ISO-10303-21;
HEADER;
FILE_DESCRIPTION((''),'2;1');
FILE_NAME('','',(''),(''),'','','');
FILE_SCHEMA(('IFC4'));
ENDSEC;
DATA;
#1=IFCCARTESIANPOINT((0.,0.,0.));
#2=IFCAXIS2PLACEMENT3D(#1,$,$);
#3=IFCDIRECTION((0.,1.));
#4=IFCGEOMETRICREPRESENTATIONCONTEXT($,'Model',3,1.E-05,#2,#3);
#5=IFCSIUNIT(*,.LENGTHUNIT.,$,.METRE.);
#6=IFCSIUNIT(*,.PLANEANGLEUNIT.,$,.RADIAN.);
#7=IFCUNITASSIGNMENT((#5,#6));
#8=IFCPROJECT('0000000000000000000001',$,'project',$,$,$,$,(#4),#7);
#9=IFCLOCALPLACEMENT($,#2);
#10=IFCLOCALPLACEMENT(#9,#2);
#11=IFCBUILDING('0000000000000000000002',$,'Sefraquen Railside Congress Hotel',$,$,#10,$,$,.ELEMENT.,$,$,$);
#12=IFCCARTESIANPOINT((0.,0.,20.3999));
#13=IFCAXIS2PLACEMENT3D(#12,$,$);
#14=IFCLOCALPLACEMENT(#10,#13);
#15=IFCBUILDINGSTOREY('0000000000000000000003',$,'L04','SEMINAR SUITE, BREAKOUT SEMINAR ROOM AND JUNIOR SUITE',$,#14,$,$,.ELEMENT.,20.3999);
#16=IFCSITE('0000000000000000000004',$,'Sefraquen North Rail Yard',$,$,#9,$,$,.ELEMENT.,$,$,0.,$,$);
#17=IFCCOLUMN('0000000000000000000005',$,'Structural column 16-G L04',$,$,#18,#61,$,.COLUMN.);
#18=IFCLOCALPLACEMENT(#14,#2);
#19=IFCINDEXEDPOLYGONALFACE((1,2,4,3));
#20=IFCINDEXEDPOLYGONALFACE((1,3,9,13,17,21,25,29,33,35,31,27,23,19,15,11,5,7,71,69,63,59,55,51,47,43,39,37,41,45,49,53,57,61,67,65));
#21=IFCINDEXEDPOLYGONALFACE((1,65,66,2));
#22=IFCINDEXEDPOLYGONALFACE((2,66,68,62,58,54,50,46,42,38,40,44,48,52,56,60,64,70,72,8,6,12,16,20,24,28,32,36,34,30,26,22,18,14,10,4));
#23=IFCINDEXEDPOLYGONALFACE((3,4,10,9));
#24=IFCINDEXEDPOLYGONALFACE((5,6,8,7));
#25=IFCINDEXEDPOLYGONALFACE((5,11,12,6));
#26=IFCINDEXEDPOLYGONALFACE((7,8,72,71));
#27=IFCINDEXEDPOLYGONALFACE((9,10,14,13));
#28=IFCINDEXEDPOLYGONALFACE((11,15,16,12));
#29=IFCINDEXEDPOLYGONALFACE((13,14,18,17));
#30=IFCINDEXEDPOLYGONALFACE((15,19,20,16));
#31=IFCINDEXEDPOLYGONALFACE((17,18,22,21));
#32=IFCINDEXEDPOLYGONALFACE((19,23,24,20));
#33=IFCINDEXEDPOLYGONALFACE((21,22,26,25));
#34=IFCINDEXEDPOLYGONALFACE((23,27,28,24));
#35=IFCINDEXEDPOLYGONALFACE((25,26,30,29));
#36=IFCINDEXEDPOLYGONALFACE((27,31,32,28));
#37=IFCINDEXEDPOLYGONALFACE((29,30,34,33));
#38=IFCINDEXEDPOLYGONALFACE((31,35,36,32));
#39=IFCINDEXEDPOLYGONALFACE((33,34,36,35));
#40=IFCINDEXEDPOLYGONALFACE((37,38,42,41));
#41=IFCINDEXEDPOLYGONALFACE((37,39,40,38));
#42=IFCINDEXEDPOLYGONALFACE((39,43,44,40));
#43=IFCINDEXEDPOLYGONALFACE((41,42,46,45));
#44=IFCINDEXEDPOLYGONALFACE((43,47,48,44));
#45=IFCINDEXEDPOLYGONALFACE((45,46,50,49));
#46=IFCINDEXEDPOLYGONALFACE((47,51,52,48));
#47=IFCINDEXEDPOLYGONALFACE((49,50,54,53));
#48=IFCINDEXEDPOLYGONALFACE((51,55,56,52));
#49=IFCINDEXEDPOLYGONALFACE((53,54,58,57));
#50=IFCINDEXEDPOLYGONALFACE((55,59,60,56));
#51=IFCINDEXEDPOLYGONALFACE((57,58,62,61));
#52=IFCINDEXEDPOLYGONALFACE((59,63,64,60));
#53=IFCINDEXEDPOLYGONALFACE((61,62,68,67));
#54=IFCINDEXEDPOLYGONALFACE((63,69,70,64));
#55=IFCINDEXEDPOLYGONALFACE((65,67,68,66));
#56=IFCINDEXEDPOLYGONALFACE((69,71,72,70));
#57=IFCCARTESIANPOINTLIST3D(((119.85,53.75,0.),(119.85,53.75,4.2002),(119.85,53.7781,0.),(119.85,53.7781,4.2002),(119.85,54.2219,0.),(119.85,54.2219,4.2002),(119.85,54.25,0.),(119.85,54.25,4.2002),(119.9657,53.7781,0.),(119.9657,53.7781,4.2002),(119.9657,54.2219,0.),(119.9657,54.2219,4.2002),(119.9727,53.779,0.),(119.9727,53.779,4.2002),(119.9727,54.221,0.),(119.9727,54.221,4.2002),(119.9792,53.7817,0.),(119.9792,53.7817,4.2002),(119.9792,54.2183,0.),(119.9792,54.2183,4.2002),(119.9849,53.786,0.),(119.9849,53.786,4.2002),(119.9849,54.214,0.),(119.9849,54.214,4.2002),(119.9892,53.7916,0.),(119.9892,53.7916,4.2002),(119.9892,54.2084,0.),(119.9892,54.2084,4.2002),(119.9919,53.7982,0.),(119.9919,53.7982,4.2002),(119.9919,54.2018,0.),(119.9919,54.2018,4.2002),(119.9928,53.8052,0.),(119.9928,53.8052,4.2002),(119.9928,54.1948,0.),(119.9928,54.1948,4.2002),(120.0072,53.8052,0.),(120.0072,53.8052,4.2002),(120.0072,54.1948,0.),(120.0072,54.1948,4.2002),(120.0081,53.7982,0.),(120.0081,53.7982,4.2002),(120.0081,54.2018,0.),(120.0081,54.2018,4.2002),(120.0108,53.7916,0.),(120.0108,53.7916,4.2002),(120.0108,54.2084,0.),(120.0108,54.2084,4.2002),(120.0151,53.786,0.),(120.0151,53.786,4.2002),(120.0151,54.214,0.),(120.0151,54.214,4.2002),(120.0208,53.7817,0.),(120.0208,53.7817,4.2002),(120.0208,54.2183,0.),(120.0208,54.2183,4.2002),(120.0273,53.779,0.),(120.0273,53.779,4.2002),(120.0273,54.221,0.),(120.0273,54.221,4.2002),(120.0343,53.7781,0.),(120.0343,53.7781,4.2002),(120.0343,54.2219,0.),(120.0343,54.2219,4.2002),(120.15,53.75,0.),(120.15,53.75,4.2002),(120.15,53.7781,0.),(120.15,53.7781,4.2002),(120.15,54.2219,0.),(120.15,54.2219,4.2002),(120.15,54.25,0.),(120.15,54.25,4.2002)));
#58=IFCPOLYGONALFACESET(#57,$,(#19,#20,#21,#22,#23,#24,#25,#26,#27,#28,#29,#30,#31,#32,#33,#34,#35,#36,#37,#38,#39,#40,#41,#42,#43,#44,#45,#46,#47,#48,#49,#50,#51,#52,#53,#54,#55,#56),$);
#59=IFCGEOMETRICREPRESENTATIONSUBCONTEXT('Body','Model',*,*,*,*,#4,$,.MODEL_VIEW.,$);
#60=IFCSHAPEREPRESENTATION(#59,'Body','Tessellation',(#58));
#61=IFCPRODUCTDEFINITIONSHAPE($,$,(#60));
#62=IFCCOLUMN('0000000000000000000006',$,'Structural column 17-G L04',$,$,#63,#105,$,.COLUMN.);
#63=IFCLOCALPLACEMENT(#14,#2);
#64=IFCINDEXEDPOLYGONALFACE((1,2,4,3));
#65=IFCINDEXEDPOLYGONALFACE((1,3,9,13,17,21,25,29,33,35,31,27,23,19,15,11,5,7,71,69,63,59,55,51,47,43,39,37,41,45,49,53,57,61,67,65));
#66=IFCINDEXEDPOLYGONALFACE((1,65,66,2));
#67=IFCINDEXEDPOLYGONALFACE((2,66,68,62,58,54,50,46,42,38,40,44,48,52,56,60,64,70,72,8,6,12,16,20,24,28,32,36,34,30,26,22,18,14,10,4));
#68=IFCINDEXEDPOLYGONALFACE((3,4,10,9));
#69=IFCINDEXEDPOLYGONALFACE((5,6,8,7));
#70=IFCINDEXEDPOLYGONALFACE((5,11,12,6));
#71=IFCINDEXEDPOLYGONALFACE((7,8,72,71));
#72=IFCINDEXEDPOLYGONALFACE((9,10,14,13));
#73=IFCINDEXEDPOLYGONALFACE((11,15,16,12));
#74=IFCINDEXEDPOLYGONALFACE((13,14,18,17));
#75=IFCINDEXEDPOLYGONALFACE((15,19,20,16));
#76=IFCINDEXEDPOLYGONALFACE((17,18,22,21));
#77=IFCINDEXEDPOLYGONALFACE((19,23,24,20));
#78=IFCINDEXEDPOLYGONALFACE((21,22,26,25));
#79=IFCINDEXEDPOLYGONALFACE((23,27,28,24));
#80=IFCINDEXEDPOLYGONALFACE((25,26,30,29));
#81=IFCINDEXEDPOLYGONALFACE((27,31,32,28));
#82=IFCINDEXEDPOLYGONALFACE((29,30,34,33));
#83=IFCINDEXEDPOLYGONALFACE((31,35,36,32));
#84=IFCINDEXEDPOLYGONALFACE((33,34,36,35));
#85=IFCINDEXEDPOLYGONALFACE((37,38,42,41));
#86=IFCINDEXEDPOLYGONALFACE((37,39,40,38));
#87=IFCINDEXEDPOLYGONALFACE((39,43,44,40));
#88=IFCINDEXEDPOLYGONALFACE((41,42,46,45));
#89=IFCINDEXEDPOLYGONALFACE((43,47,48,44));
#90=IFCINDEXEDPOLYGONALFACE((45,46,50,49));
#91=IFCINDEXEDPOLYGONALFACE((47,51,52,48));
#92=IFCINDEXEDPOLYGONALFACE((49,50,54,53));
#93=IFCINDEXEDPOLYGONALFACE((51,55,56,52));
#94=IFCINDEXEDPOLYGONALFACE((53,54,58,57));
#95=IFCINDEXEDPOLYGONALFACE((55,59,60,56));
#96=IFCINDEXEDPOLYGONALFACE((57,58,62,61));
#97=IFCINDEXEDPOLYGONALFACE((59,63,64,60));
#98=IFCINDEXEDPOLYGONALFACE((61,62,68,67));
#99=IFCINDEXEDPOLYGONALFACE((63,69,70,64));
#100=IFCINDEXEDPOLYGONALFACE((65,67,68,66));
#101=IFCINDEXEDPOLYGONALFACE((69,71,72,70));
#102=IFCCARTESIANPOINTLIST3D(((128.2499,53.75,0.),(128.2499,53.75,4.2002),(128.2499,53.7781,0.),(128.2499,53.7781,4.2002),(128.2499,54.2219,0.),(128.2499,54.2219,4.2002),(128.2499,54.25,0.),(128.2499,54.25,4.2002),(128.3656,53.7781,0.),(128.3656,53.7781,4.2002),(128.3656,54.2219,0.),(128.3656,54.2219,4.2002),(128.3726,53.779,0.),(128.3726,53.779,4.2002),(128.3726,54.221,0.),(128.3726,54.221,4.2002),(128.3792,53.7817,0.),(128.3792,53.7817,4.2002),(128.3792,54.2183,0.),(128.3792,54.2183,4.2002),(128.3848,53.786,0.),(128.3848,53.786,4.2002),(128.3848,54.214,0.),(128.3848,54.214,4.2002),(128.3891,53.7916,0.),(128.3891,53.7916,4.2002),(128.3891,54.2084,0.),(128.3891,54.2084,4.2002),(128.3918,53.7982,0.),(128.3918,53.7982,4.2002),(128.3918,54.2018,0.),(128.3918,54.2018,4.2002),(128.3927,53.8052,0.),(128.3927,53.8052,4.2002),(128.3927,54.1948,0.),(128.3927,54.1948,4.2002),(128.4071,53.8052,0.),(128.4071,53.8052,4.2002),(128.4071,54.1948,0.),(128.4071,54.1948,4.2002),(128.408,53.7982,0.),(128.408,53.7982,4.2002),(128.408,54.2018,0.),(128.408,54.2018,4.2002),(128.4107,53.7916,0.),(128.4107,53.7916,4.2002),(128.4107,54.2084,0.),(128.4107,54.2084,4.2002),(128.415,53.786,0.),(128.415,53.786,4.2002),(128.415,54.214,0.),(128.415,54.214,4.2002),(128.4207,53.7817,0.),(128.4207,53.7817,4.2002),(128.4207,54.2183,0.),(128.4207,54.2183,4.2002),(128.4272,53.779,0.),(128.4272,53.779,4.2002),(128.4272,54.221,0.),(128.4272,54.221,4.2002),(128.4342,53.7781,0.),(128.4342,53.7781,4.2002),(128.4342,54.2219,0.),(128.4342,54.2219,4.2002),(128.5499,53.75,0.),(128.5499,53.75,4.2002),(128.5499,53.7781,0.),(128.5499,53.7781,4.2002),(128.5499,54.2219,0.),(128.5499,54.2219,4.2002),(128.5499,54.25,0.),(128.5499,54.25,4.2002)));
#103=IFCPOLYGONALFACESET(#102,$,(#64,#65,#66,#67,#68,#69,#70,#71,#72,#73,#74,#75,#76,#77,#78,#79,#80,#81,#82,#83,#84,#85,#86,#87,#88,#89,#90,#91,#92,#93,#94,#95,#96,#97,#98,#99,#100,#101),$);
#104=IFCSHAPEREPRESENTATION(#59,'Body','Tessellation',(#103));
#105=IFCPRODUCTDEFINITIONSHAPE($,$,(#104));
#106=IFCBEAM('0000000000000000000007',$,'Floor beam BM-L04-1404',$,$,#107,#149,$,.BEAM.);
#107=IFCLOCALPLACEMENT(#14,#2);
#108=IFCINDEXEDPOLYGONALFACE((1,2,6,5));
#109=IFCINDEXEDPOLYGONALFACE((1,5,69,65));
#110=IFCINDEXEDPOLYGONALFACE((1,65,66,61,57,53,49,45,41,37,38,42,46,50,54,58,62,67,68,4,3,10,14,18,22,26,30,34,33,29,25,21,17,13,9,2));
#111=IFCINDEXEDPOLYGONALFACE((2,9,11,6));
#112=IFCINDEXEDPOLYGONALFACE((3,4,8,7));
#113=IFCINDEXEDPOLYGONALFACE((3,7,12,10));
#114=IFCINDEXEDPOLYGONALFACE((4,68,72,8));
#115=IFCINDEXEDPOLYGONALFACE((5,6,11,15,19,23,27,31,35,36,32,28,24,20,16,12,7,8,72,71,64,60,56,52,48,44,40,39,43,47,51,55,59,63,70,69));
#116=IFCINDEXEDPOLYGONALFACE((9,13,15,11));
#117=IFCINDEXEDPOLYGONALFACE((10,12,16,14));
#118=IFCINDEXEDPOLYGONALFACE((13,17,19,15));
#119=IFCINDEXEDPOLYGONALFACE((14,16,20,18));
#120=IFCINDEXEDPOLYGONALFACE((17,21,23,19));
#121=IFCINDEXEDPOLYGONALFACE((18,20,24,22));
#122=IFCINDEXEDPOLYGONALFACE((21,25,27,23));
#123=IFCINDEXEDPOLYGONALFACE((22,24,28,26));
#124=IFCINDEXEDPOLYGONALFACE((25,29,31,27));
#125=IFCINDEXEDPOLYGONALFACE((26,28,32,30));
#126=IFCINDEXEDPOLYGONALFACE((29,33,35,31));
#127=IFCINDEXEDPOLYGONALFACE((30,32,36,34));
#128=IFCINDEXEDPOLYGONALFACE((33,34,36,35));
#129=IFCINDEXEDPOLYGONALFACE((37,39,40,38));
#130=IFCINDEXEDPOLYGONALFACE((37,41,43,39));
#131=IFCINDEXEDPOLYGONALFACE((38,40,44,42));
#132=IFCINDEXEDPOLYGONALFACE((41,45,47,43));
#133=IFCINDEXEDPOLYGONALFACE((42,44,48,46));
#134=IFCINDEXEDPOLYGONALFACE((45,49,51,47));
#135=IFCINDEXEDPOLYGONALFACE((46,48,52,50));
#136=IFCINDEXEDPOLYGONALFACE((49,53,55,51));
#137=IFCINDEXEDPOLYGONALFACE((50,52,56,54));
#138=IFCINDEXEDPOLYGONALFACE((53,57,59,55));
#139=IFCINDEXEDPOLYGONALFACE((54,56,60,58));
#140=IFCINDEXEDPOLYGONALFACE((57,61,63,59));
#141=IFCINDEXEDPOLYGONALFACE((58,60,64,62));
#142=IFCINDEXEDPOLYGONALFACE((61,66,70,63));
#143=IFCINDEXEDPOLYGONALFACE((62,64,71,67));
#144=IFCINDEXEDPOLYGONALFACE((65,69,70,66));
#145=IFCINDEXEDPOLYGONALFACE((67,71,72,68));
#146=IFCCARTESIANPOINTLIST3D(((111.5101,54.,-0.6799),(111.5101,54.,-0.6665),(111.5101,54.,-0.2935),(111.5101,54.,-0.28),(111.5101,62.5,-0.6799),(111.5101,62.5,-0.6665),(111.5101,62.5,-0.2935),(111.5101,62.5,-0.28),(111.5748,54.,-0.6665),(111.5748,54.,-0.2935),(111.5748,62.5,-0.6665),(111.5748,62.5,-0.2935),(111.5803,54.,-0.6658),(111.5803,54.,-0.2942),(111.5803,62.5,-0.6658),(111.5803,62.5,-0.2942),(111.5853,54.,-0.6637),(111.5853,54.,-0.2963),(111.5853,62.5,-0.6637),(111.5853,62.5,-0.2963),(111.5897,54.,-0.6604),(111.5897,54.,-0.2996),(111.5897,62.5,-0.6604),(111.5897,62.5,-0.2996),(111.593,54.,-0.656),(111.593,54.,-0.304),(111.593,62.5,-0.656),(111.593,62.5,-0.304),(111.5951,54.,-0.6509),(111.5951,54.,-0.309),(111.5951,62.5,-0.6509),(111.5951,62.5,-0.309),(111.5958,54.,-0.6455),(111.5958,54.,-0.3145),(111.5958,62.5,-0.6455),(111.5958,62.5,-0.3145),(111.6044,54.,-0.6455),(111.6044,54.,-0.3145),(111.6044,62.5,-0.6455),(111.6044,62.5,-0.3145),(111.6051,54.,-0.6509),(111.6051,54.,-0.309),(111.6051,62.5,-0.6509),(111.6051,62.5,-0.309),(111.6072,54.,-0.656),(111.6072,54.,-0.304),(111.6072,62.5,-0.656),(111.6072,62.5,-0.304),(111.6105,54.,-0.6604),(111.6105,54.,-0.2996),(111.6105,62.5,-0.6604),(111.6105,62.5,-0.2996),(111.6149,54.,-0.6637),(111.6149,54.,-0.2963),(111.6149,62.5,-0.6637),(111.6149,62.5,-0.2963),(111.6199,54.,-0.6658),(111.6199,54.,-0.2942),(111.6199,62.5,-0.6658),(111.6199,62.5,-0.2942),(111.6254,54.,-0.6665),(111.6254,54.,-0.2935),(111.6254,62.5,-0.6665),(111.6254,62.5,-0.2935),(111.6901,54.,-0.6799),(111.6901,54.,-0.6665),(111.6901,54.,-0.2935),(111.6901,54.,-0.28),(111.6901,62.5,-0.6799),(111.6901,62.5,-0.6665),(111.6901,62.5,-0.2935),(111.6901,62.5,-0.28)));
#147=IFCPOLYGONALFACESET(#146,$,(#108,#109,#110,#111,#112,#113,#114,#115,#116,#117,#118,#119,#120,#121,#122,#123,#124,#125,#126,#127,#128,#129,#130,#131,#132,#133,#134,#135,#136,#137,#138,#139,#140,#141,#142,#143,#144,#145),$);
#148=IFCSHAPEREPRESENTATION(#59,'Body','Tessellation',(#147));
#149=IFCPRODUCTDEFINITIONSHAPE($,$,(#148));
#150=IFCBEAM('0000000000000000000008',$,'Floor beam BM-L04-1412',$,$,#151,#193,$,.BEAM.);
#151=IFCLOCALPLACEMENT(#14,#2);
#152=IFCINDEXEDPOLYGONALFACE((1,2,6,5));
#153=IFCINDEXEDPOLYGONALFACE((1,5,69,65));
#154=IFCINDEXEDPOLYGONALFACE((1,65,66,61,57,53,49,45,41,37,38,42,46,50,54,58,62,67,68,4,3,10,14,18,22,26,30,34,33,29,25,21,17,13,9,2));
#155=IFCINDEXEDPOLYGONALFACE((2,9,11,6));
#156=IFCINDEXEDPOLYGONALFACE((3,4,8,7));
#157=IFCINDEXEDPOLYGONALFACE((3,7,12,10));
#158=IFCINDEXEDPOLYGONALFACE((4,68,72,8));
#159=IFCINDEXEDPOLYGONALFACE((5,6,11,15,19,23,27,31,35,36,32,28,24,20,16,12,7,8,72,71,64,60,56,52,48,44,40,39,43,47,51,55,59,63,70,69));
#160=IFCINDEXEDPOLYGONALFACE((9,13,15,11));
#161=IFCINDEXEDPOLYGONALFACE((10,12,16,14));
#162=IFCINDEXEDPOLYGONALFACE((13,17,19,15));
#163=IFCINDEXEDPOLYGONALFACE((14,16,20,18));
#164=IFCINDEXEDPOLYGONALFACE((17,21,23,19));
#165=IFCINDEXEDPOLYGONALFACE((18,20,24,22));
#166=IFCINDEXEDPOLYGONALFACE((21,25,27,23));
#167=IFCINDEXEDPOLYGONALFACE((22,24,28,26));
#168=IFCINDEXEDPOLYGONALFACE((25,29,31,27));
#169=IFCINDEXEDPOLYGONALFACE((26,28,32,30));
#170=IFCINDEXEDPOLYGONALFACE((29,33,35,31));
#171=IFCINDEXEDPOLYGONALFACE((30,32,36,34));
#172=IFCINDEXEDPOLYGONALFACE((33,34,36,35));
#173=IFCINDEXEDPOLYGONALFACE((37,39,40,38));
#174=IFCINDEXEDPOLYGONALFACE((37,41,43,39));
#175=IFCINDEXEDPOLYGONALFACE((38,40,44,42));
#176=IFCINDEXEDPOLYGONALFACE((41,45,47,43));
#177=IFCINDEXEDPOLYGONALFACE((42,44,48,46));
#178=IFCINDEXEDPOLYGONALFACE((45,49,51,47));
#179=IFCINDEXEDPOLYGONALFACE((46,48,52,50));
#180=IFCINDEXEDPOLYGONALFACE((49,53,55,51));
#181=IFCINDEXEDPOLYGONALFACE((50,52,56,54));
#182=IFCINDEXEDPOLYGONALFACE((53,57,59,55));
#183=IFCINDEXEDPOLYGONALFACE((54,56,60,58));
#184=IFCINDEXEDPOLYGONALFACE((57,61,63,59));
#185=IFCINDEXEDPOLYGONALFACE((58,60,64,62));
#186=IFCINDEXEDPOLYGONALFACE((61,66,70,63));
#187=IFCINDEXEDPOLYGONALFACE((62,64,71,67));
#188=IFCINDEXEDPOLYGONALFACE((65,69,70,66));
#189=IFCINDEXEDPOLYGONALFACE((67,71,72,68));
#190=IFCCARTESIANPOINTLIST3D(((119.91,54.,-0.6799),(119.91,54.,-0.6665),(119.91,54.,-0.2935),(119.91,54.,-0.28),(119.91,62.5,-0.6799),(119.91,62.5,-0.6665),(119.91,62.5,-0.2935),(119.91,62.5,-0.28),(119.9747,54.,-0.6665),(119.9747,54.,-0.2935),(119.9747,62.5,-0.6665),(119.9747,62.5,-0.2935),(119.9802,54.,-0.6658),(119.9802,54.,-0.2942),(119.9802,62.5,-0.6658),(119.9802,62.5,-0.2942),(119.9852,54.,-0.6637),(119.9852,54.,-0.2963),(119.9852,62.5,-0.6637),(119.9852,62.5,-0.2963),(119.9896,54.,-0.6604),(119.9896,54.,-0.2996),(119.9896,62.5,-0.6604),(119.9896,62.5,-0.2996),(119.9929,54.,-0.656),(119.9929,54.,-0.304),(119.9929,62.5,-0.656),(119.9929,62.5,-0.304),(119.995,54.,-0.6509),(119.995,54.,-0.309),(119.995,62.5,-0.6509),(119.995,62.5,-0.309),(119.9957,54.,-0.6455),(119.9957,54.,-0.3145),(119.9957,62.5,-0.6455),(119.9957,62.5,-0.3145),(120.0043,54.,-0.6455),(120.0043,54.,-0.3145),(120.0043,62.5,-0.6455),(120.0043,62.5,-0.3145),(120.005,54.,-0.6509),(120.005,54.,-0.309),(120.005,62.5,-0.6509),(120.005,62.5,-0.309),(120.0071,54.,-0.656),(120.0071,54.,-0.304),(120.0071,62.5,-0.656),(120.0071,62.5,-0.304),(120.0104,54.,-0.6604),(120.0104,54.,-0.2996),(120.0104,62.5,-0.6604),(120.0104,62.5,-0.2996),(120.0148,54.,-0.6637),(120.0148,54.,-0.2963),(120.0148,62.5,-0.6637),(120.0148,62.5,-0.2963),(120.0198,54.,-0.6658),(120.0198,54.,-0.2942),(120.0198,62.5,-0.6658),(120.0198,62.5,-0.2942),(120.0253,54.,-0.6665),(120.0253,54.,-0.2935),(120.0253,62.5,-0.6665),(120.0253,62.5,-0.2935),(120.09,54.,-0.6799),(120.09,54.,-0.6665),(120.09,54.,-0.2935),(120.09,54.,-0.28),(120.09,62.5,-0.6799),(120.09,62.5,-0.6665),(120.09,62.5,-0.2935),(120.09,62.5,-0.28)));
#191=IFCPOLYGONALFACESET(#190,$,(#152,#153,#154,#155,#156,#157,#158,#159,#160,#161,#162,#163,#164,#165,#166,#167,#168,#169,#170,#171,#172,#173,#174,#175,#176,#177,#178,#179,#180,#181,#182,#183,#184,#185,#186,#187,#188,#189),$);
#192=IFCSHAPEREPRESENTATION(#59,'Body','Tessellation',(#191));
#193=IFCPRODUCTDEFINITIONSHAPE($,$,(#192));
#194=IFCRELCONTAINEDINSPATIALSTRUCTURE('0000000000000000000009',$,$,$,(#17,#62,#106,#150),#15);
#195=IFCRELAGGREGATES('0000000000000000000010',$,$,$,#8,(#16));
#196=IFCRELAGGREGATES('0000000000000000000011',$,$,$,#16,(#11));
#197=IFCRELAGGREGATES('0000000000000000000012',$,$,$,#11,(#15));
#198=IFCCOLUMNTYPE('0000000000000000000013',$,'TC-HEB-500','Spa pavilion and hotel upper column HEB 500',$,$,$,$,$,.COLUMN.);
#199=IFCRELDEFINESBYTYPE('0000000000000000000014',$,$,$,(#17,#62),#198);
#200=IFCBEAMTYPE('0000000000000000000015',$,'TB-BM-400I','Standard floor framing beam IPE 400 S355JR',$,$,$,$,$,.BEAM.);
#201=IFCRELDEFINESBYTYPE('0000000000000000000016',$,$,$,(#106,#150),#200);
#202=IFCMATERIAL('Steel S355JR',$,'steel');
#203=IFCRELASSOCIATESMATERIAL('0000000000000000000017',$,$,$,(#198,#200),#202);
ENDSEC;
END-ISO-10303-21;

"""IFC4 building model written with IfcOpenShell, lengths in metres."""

from ifc_helpers import new_model, si_unit, direction, frame, origin, origin_2d, place, context, subcontext, project, spatial, i_section, extrude, material, material_profile, profile_set, type_object, element, save


model = new_model("IFC4")

# Units and contexts
model_context = context("Model", 3, precision=1e-05, world=origin(), true_north=direction((0.0, 1.0)))
body_context = subcontext(model_context, "Body", "Model", "MODEL_VIEW")
ifc_project = project(units=[si_unit("LENGTHUNIT", "METRE"), si_unit("PLANEANGLEUNIT", "RADIAN")], contexts=[model_context])

# Site, building, storey
site_placement = place(None, origin())
site = spatial("IfcSite", under=ifc_project, at=site_placement, Name="Sefraquen North Rail Yard", CompositionType="ELEMENT", RefElevation=0.0)
building_placement = place(site_placement, origin())
building = spatial("IfcBuilding", under=site, at=building_placement, Name="Sefraquen Railside Congress Hotel", CompositionType="ELEMENT")
storey_placement = place(building_placement, frame((0.0, 0.0, 20.3999)))
storey = spatial("IfcBuildingStorey", under=building, at=storey_placement, Name="L04", Description="SEMINAR SUITE, BREAKOUT SEMINAR ROOM AND JUNIOR SUITE", CompositionType="ELEMENT", Elevation=20.3999)

# Columns
ifc_material_1 = material(Name="Steel S355JR", Category="steel")
ifc_material_profile_1 = material_profile(ifc_material_1, i_section(OverallWidth=0.3, OverallDepth=0.5, WebThickness=0.0144, FlangeThickness=0.0281, FilletRadius=0.0271, at=origin_2d()), Name="HEB 500")
ifc_profile_set_1 = profile_set([ifc_material_profile_1], Name="Steel S355JR")
column_type = type_object("IfcColumnType", Name="TC-HEB-500", Description="Spa pavilion and hotel upper column HEB 500", PredefinedType="COLUMN", material=ifc_profile_set_1)
for number, where, z_axis, x_axis, name in (
    (1, (120.0, 54.0, 0.0), (0.0, 0.0, 1.0), (1.0, 0.0, 0.0), "Structural column 16-G L04"),
    (2, (128.3999, 54.0, 0.0), (0.0, 0.0, 1.0), (1.0, 0.0, 0.0), "Structural column 17-G L04"),
):
    element("IfcColumn", number, at=place(storey_placement, frame(where, z_axis=z_axis, x_axis=x_axis)), inside=storey, type_object=column_type, Name=name, PredefinedType="COLUMN", context=body_context, shape_type="SweptSolid", body=[
        extrude(i_section(OverallWidth=0.3, OverallDepth=0.5, WebThickness=0.0144, FlangeThickness=0.0281, FilletRadius=0.0271, at=origin_2d()), origin(), (0.0, 0.0, 1.0), 4.2002),
    ])

# Beams
ifc_material_profile_2 = material_profile(ifc_material_1, i_section(OverallWidth=0.1799, OverallDepth=0.3999, WebThickness=0.0085, FlangeThickness=0.0134, FilletRadius=0.021, at=origin_2d()), Name="IPE 400")
ifc_profile_set_2 = profile_set([ifc_material_profile_2], Name="Steel S355JR")
beam_type_1 = type_object("IfcBeamType", Name="TB-BM-400I", Description="Standard floor framing beam IPE 400 S355JR", PredefinedType="BEAM", material=ifc_profile_set_2)
for number, where, z_axis, x_axis, name in (
    (3, (111.6001, 54.0, -0.48), (0.0, 1.0, 0.0), (-1.0, 0.0, 0.0), "Floor beam BM-L04-1404"),
    (4, (120.0, 54.0, -0.48), (0.0, 1.0, 0.0), (-1.0, 0.0, 0.0), "Floor beam BM-L04-1412"),
):
    element("IfcBeam", number, at=place(storey_placement, frame(where, z_axis=z_axis, x_axis=x_axis)), inside=storey, type_object=beam_type_1, Name=name, PredefinedType="BEAM", context=body_context, shape_type="SweptSolid", body=[
        extrude(i_section(OverallWidth=0.1799, OverallDepth=0.3999, WebThickness=0.0085, FlangeThickness=0.0134, FilletRadius=0.021, at=origin_2d()), origin(), (0.0, 0.0, 1.0), 8.5),
    ])

save(model, "model.ifc")
